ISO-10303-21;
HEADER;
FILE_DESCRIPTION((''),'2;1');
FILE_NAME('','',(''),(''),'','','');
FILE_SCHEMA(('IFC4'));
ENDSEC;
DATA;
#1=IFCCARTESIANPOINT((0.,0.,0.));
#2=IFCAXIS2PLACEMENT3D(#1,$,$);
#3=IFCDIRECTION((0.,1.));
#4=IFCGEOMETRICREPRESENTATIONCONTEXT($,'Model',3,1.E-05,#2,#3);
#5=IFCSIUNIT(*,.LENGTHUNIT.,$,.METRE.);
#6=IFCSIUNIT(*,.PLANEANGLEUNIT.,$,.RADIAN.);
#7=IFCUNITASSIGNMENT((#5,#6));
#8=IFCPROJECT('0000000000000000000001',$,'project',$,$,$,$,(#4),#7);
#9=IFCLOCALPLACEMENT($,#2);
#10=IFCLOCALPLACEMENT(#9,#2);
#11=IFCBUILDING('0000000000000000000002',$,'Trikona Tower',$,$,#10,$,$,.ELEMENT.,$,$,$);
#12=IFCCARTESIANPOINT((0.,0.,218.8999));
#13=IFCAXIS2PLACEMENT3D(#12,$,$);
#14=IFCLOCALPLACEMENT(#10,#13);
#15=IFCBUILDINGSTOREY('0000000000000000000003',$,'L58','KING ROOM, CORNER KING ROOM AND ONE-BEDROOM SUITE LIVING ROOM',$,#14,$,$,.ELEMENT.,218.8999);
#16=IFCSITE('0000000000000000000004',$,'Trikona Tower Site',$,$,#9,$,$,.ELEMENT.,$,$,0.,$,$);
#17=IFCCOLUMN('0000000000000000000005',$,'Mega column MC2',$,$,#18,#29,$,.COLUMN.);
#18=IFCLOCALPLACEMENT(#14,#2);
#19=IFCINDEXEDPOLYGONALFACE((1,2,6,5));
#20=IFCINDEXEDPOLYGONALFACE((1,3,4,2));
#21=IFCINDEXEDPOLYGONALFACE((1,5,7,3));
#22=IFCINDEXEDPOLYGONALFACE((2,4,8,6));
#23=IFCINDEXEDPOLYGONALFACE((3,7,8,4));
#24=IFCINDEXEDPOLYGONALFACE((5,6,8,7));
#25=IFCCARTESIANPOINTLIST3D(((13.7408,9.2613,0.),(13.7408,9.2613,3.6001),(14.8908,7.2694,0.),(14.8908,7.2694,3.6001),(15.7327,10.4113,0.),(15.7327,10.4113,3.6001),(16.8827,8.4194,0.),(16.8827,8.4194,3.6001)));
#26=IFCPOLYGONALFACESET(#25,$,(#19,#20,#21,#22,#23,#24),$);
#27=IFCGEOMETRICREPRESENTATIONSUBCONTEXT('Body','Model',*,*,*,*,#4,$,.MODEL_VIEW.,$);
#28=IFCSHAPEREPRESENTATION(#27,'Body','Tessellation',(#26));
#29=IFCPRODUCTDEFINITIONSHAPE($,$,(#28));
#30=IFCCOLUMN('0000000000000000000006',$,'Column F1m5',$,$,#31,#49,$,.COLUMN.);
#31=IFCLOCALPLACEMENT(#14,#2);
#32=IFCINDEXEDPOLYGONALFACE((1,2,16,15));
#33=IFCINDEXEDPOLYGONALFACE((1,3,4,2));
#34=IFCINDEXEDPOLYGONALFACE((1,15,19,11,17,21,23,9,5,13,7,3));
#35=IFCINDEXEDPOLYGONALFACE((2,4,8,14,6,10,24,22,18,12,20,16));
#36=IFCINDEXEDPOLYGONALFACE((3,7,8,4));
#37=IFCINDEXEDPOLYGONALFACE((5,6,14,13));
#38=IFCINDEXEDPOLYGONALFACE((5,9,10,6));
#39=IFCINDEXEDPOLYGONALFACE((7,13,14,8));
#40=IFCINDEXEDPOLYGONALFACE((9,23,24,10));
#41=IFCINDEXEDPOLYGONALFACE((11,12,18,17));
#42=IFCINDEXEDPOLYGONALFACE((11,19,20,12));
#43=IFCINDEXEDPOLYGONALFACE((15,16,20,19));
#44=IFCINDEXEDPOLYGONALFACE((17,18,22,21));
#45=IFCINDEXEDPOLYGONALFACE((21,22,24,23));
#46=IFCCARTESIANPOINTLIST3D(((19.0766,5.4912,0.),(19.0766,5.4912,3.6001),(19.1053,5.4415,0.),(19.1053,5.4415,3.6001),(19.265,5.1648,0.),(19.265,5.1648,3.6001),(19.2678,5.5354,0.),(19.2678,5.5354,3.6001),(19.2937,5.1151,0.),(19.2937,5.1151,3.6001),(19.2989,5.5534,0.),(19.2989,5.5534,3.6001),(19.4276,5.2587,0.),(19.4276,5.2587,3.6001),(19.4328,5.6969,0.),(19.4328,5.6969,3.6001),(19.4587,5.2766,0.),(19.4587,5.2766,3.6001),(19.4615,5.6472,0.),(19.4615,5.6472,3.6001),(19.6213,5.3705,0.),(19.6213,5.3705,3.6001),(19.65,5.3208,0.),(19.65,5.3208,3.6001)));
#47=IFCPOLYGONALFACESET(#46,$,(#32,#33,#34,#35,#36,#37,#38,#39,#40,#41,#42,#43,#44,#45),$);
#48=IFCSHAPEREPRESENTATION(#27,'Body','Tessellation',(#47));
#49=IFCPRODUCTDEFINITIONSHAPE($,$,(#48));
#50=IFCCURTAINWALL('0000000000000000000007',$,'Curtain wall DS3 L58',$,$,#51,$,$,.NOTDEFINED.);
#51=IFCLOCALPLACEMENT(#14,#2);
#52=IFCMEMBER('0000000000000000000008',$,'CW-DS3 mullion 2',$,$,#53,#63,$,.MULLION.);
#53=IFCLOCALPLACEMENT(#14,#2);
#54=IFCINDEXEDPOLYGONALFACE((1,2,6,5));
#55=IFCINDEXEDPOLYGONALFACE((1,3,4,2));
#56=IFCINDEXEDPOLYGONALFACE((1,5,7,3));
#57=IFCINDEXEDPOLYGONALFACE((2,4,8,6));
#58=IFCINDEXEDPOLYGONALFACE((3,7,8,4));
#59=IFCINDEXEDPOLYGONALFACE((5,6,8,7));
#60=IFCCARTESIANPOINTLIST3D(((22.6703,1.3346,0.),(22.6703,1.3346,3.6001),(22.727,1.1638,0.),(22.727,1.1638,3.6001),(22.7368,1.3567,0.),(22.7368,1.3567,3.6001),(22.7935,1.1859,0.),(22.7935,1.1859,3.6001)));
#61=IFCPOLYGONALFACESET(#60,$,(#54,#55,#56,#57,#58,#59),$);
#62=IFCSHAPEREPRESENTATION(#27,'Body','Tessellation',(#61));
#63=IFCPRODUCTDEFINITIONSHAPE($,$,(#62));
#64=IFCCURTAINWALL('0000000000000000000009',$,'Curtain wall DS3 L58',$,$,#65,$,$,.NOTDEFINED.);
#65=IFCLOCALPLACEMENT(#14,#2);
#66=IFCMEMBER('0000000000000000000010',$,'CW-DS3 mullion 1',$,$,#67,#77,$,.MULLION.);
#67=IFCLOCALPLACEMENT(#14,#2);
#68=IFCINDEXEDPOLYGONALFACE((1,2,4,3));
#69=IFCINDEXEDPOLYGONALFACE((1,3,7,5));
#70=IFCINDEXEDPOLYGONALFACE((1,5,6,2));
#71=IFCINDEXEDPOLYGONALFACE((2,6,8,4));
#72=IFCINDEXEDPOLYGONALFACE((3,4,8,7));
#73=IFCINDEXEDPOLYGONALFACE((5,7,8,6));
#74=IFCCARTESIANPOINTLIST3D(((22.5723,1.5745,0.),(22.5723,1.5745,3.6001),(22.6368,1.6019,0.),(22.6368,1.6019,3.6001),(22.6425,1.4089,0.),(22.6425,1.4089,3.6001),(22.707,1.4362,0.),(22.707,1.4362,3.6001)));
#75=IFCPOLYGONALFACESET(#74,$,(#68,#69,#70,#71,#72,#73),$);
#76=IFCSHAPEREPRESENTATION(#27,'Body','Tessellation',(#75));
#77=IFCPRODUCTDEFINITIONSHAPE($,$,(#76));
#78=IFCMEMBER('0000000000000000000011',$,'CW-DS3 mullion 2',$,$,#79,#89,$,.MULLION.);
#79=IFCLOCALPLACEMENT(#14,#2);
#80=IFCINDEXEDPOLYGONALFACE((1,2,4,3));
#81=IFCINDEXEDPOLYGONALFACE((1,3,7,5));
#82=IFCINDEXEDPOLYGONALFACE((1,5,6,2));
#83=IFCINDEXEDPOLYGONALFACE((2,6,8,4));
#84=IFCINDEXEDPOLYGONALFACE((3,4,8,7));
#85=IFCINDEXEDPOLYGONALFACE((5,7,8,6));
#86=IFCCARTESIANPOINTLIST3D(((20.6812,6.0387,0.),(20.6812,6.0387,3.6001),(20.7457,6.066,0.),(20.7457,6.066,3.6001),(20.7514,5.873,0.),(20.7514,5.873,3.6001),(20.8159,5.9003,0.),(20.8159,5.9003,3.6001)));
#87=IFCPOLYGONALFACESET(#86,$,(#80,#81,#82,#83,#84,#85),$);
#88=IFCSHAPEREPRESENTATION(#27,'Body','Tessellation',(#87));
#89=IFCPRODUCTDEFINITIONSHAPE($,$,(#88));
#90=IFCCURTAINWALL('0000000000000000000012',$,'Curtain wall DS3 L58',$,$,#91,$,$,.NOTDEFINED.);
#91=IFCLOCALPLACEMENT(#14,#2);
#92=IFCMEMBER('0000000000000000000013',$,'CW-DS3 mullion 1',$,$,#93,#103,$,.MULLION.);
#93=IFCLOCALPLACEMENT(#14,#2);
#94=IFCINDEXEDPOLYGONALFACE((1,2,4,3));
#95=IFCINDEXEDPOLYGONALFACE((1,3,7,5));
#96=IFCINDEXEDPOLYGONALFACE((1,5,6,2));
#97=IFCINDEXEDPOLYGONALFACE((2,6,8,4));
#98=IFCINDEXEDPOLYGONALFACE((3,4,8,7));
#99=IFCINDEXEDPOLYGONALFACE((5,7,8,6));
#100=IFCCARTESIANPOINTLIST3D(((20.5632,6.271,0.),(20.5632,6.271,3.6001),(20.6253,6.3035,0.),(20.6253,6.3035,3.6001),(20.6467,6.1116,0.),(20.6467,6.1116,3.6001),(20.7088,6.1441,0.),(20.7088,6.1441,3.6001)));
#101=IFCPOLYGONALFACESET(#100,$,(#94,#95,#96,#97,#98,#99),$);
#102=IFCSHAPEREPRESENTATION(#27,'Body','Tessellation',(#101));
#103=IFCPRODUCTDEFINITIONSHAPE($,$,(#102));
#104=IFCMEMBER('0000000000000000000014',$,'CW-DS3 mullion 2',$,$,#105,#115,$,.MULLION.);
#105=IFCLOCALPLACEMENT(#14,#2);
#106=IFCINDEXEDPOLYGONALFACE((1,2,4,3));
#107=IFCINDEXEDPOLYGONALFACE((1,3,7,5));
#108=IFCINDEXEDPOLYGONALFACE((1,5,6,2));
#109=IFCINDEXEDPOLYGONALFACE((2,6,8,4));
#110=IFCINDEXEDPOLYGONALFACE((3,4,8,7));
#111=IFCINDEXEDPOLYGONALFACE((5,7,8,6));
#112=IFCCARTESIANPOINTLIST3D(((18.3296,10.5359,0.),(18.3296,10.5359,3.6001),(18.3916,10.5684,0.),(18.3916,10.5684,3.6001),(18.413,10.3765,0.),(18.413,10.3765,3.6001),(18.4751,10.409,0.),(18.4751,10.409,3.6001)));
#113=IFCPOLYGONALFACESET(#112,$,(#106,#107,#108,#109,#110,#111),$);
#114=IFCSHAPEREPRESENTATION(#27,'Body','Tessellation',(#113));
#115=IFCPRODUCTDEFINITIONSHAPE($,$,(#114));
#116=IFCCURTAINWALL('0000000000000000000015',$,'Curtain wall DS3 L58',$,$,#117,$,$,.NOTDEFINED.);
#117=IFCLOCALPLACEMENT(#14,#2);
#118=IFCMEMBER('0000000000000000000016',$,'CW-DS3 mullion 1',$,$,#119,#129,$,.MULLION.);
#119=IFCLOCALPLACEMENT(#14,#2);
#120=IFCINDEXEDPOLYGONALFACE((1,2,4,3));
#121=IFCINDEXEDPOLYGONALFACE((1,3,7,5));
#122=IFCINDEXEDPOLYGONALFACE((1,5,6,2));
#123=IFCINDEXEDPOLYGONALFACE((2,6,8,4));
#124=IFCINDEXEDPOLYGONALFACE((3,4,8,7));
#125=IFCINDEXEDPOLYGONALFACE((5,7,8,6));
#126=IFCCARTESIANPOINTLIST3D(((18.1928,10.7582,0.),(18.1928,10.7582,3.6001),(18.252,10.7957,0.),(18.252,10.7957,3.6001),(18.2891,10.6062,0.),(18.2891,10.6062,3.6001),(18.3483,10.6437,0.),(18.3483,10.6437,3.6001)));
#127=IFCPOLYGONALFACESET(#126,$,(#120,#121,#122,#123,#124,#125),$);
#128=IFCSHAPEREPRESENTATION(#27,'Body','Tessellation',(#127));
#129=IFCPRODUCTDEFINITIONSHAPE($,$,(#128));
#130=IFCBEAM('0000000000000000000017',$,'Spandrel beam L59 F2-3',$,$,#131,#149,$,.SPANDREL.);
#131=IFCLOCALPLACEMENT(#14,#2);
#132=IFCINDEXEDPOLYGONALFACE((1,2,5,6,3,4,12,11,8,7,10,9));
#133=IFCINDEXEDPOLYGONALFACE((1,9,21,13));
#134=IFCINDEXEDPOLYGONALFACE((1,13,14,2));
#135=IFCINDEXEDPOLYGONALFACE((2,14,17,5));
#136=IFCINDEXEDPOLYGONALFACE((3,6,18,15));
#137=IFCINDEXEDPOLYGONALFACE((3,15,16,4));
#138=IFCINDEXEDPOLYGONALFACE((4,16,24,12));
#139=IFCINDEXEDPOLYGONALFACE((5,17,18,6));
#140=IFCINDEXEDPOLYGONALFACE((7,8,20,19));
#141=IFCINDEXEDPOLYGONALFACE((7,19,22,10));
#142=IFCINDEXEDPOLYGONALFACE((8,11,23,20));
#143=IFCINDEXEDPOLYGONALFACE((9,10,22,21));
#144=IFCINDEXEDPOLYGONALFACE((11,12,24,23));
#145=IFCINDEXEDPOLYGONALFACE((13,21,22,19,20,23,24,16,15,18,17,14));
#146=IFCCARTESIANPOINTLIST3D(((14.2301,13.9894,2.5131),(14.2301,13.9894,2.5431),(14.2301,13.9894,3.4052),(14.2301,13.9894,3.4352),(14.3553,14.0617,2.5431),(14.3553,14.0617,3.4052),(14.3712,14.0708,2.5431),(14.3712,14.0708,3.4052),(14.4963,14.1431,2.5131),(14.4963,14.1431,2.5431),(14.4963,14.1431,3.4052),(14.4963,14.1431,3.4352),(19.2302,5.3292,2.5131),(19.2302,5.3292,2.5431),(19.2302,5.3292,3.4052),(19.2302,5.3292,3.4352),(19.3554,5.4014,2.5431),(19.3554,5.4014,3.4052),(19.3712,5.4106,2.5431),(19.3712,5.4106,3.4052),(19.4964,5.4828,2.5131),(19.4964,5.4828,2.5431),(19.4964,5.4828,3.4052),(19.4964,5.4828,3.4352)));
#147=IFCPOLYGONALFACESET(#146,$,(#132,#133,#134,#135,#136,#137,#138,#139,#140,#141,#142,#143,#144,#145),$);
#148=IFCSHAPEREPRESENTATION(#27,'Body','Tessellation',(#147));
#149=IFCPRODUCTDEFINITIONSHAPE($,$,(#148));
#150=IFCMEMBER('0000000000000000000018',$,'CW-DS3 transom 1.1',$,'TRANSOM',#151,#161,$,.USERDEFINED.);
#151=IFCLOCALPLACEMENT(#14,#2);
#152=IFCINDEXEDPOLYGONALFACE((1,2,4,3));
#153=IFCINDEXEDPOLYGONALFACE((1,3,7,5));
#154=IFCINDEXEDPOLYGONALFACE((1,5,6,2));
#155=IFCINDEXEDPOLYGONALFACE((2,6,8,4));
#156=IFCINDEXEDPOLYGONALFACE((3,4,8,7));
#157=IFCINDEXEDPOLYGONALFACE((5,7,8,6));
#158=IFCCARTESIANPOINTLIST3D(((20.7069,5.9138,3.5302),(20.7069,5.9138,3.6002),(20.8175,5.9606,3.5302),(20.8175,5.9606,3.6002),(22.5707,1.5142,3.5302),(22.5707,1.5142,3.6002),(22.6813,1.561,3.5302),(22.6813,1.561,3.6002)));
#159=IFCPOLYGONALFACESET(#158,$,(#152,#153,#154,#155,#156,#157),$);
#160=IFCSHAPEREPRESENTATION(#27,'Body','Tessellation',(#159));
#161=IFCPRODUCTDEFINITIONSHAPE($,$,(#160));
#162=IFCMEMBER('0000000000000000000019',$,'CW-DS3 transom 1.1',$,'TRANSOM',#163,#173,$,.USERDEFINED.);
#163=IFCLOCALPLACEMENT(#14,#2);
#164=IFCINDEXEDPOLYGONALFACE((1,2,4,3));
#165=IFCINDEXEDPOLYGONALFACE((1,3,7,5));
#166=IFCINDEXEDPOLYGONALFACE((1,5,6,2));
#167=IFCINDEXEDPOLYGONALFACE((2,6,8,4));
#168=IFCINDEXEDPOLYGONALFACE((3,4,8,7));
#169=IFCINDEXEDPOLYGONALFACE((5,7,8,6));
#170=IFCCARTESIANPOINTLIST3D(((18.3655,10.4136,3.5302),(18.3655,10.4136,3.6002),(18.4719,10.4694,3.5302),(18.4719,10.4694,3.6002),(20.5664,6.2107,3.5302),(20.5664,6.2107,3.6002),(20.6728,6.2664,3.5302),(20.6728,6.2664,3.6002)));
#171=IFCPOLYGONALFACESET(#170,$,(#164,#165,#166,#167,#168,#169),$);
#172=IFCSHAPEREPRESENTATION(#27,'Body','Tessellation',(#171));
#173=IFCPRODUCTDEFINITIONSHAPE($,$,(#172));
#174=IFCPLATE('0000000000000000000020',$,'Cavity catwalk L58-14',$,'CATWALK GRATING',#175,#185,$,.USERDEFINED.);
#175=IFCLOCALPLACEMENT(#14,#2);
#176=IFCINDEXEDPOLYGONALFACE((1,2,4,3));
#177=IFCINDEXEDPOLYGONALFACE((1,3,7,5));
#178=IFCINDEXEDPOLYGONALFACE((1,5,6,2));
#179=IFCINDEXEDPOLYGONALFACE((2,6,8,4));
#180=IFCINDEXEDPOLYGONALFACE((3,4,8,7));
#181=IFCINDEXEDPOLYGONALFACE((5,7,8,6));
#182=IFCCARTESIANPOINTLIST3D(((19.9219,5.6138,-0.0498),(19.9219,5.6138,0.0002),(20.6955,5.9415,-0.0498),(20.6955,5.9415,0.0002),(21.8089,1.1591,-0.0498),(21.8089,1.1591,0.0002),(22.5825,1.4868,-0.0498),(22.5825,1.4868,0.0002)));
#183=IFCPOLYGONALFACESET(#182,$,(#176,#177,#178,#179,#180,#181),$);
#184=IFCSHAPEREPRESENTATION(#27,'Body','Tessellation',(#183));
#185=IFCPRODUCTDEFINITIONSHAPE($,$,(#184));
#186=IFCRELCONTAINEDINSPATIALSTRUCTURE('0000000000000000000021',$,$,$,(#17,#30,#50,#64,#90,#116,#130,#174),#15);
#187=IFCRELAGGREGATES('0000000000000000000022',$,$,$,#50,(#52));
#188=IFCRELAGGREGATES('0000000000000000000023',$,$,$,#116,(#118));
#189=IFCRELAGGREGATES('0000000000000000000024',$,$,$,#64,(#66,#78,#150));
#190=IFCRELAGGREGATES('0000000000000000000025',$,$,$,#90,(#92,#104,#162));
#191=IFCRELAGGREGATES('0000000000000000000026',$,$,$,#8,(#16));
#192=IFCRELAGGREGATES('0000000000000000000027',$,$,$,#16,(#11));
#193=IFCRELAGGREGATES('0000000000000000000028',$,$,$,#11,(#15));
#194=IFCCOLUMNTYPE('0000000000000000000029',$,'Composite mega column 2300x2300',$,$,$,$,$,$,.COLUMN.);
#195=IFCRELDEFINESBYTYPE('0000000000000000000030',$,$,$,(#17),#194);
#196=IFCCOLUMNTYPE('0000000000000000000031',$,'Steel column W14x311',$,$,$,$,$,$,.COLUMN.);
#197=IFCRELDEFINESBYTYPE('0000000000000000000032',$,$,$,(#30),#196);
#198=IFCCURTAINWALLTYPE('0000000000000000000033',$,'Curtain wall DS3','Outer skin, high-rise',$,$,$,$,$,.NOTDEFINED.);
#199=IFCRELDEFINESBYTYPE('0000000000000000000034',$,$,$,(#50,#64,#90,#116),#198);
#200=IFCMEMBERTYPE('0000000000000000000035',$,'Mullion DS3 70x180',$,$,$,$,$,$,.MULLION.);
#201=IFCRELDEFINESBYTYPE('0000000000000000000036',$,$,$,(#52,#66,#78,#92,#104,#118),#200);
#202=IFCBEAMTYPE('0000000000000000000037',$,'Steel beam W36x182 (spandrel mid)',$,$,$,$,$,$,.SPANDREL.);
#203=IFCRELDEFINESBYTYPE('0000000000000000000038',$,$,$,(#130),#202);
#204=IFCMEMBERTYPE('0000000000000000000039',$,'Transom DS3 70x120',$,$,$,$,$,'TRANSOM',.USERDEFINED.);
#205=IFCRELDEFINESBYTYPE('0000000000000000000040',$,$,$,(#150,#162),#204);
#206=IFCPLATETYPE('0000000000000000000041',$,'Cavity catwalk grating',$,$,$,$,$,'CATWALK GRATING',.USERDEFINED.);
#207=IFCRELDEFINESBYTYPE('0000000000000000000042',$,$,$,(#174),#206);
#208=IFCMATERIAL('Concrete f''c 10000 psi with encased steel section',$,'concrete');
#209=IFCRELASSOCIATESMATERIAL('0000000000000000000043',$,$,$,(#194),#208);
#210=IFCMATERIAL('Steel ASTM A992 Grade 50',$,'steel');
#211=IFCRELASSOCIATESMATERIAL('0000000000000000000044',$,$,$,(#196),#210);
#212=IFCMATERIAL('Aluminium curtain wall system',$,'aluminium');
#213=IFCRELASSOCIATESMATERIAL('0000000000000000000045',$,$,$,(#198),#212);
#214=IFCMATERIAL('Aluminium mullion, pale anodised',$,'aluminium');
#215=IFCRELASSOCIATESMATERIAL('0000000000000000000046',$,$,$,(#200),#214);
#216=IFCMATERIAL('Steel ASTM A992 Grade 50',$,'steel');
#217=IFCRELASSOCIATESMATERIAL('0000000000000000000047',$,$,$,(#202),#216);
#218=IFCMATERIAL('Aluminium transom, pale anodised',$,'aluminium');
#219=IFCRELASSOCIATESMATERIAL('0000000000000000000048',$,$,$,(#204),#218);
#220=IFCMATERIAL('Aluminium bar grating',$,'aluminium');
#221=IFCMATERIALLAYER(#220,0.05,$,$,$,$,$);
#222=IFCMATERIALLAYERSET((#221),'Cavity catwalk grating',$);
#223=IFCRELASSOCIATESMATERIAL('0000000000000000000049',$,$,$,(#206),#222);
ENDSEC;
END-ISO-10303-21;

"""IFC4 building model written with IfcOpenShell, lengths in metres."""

from ifc_helpers import new_model, si_unit, direction, frame, origin, origin_2d, place, context, subcontext, project, spatial, rectangle, i_section, extrude, material, layer, layer_set, material_profile, profile_set, type_object, element, aggregate, save


model = new_model("IFC4")

# Units and contexts
model_context = context("Model", 3, precision=1e-05, world=origin(), true_north=direction((0.0, 1.0)))
body_context = subcontext(model_context, "Body", "Model", "MODEL_VIEW")
ifc_project = project(units=[si_unit("LENGTHUNIT", "METRE"), si_unit("PLANEANGLEUNIT", "RADIAN")], contexts=[model_context])

# Site, building, storey
site_placement = place(None, origin())
site = spatial("IfcSite", under=ifc_project, at=site_placement, Name="Trikona Tower Site", CompositionType="ELEMENT", RefElevation=0.0)
building_placement = place(site_placement, origin())
building = spatial("IfcBuilding", under=site, at=building_placement, Name="Trikona Tower", CompositionType="ELEMENT")
storey_placement = place(building_placement, frame((0.0, 0.0, 218.8999)))
storey = spatial("IfcBuildingStorey", under=building, at=storey_placement, Name="L58", Description="KING ROOM, CORNER KING ROOM AND ONE-BEDROOM SUITE LIVING ROOM", CompositionType="ELEMENT", Elevation=218.8999)

# Columns
ifc_material_1 = material(Name="Concrete f'c 10000 psi with encased steel section", Category="concrete")
ifc_material_profile_1 = material_profile(ifc_material_1, rectangle(XDim=2.3, YDim=2.3, at=origin_2d()), Name="MC2300")
ifc_profile_set_1 = profile_set([ifc_material_profile_1], Name="Concrete f'c 10000 psi with encased steel section")
column_type_1 = type_object("IfcColumnType", Name="Composite mega column 2300x2300", PredefinedType="COLUMN", material=ifc_profile_set_1)
column_1_placement = place(storey_placement, frame((15.3118, 8.8403, 0.0), z_axis=(0.0, 0.0, 1.0), x_axis=(0.866025, 0.5, 0.0)))
element("IfcColumn", 1, at=column_1_placement, inside=storey, type_object=column_type_1, Name="Mega column MC2", PredefinedType="COLUMN", context=body_context, shape_type="SweptSolid", body=[
    extrude(rectangle(XDim=2.3, YDim=2.3, at=origin_2d()), origin(), (0.0, 0.0, 1.0), 3.6001),
])
ifc_material_2 = material(Name="Steel ASTM A992 Grade 50", Category="steel")
ifc_material_profile_2 = material_profile(ifc_material_2, i_section(OverallWidth=0.4114, OverallDepth=0.4343, WebThickness=0.0359, FlangeThickness=0.0574, at=origin_2d()), Name="W14X311")
ifc_profile_set_2 = profile_set([ifc_material_profile_2], Name="Steel ASTM A992 Grade 50")
column_type_2 = type_object("IfcColumnType", Name="Steel column W14x311", PredefinedType="COLUMN", material=ifc_profile_set_2)
column_2_placement = place(storey_placement, frame((19.3633, 5.406, 0.0), z_axis=(0.0, 0.0, 1.0), x_axis=(0.866025, 0.5, 0.0)))
element("IfcColumn", 2, at=column_2_placement, inside=storey, type_object=column_type_2, Name="Column F1m5", PredefinedType="COLUMN", context=body_context, shape_type="SweptSolid", body=[
    extrude(i_section(OverallWidth=0.4114, OverallDepth=0.4343, WebThickness=0.0359, FlangeThickness=0.0574, at=origin_2d()), origin(), (0.0, 0.0, 1.0), 3.6001),
])

# Curtain wall, member
ifc_material_3 = material(Name="Aluminium curtain wall system", Category="aluminium")
curtain_wall_type = type_object("IfcCurtainWallType", Name="Curtain wall DS3", Description="Outer skin, high-rise", PredefinedType="NOTDEFINED", material=ifc_material_3)
curtain_wall_1_placement = place(storey_placement, origin())
curtain_wall_1 = element("IfcCurtainWall", 3, at=curtain_wall_1_placement, inside=storey, type_object=curtain_wall_type, Name="Curtain wall DS3 L58", PredefinedType="NOTDEFINED")
ifc_material_4 = material(Name="Aluminium mullion, pale anodised", Category="aluminium")
ifc_material_profile_3 = material_profile(ifc_material_4, rectangle(XDim=0.0701, YDim=0.1799, at=origin_2d()), Name="MUL-DS3")
ifc_profile_set_3 = profile_set([ifc_material_profile_3], Name="Aluminium mullion, pale anodised")
member_type_1 = type_object("IfcMemberType", Name="Mullion DS3 70x180", PredefinedType="MULLION", material=ifc_profile_set_3)
member_1_placement = place(storey_placement, frame((22.7319, 1.2603, 0.0), z_axis=(0.0, 0.0, 1.0), x_axis=(-0.949066, -0.315078, 0.0)))
member_1 = element("IfcMember", 4, at=member_1_placement, type_object=member_type_1, Name="CW-DS3 mullion 2", PredefinedType="MULLION", context=body_context, shape_type="SweptSolid", body=[
    extrude(rectangle(XDim=0.0701, YDim=0.1799, at=origin_2d()), origin(), (0.0, 0.0, 1.0), 3.6001),
])
aggregate(curtain_wall_1, [member_1])

# Curtain walls, members
curtain_wall_2_placement = place(storey_placement, origin())
curtain_wall_2 = element("IfcCurtainWall", 5, at=curtain_wall_2_placement, inside=storey, type_object=curtain_wall_type, Name="Curtain wall DS3 L58", PredefinedType="NOTDEFINED")
member_2_placement = place(storey_placement, frame((22.6396, 1.5054, 0.0), z_axis=(0.0, 0.0, 1.0), x_axis=(-0.920792, -0.390053, 0.0)))
member_2 = element("IfcMember", 6, at=member_2_placement, type_object=member_type_1, Name="CW-DS3 mullion 1", PredefinedType="MULLION", context=body_context, shape_type="SweptSolid", body=[
    extrude(rectangle(XDim=0.0701, YDim=0.1799, at=origin_2d()), origin(), (0.0, 0.0, 1.0), 3.6001),
])
member_3_placement = place(storey_placement, frame((20.7485, 5.9695, 0.0), z_axis=(0.0, 0.0, 1.0), x_axis=(-0.920792, -0.390053, 0.0)))
member_3 = element("IfcMember", 7, at=member_3_placement, type_object=member_type_1, Name="CW-DS3 mullion 2", PredefinedType="MULLION", context=body_context, shape_type="SweptSolid", body=[
    extrude(rectangle(XDim=0.0701, YDim=0.1799, at=origin_2d()), origin(), (0.0, 0.0, 1.0), 3.6001),
])
curtain_wall_3_placement = place(storey_placement, origin())
curtain_wall_3 = element("IfcCurtainWall", 8, at=curtain_wall_3_placement, inside=storey, type_object=curtain_wall_type, Name="Curtain wall DS3 L58", PredefinedType="NOTDEFINED")
member_4_placement = place(storey_placement, frame((20.636, 6.2075, 0.0), z_axis=(0.0, 0.0, 1.0), x_axis=(-0.885862, -0.463948, 0.0)))
member_4 = element("IfcMember", 9, at=member_4_placement, type_object=member_type_1, Name="CW-DS3 mullion 1", PredefinedType="MULLION", context=body_context, shape_type="SweptSolid", body=[
    extrude(rectangle(XDim=0.0701, YDim=0.1799, at=origin_2d()), origin(), (0.0, 0.0, 1.0), 3.6001),
])
member_5_placement = place(storey_placement, frame((18.4023, 10.4724, 0.0), z_axis=(0.0, 0.0, 1.0), x_axis=(-0.885862, -0.463948, 0.0)))
member_5 = element("IfcMember", 10, at=member_5_placement, type_object=member_type_1, Name="CW-DS3 mullion 2", PredefinedType="MULLION", context=body_context, shape_type="SweptSolid", body=[
    extrude(rectangle(XDim=0.0701, YDim=0.1799, at=origin_2d()), origin(), (0.0, 0.0, 1.0), 3.6001),
])

# Curtain wall, member
curtain_wall_4_placement = place(storey_placement, origin())
curtain_wall_4 = element("IfcCurtainWall", 11, at=curtain_wall_4_placement, inside=storey, type_object=curtain_wall_type, Name="Curtain wall DS3 L58", PredefinedType="NOTDEFINED")
member_6_placement = place(storey_placement, frame((18.2705, 10.7009, 0.0), z_axis=(0.0, 0.0, 1.0), x_axis=(-0.844727, -0.535197, 0.0)))
member_6 = element("IfcMember", 12, at=member_6_placement, type_object=member_type_1, Name="CW-DS3 mullion 1", PredefinedType="MULLION", context=body_context, shape_type="SweptSolid", body=[
    extrude(rectangle(XDim=0.0701, YDim=0.1799, at=origin_2d()), origin(), (0.0, 0.0, 1.0), 3.6001),
])
aggregate(curtain_wall_4, [member_6])

# Beam
ifc_material_5 = material(Name="Steel ASTM A992 Grade 50", Category="steel")
ifc_material_profile_4 = material_profile(ifc_material_5, i_section(OverallWidth=0.3074, OverallDepth=0.9221, WebThickness=0.0183, FlangeThickness=0.03, at=origin_2d()), Name="W36X182")
ifc_profile_set_4 = profile_set([ifc_material_profile_4], Name="Steel ASTM A992 Grade 50")
beam_type = type_object("IfcBeamType", Name="Steel beam W36x182 (spandrel mid)", PredefinedType="SPANDREL", material=ifc_profile_set_4)
beam_placement = place(storey_placement, frame((19.3633, 5.406, 2.9741), z_axis=(-0.500004, 0.866023, 0.0), x_axis=(-0.866023, -0.500004, 0.0)))
element("IfcBeam", 13, at=beam_placement, inside=storey, type_object=beam_type, Name="Spandrel beam L59 F2-3", PredefinedType="SPANDREL", context=body_context, shape_type="SweptSolid", body=[
    extrude(i_section(OverallWidth=0.3074, OverallDepth=0.9221, WebThickness=0.0183, FlangeThickness=0.03, at=origin_2d()), origin(), (0.0, 0.0, 1.0), 10.0),
])

# Members
ifc_material_6 = material(Name="Aluminium transom, pale anodised", Category="aluminium")
ifc_material_profile_5 = material_profile(ifc_material_6, rectangle(XDim=0.1201, YDim=0.0701, at=origin_2d()), Name="TRN-DS3")
ifc_profile_set_5 = profile_set([ifc_material_profile_5], Name="Aluminium transom, pale anodised")
member_type_2 = type_object("IfcMemberType", Name="Transom DS3 70x120", ElementType="TRANSOM", PredefinedType="USERDEFINED", material=ifc_profile_set_5)
member_7_placement = place(storey_placement, frame((22.626, 1.5376, 3.5652), z_axis=(-0.390062, 0.920789, 0.0), x_axis=(-0.920789, -0.390062, 0.0)))
member_7 = element("IfcMember", 14, at=member_7_placement, type_object=member_type_2, Name="CW-DS3 transom 1.1", ObjectType="TRANSOM", PredefinedType="USERDEFINED", context=body_context, shape_type="SweptSolid", body=[
    extrude(rectangle(XDim=0.1201, YDim=0.0701, at=origin_2d()), origin(), (0.0, 0.0, 1.0), 4.7781),
])
member_8_placement = place(storey_placement, frame((20.6196, 6.2385, 3.5652), z_axis=(-0.463911, 0.885882, 0.0), x_axis=(-0.885882, -0.463911, 0.0)))
member_8 = element("IfcMember", 15, at=member_8_placement, type_object=member_type_2, Name="CW-DS3 transom 1.1", ObjectType="TRANSOM", PredefinedType="USERDEFINED", context=body_context, shape_type="SweptSolid", body=[
    extrude(rectangle(XDim=0.1201, YDim=0.0701, at=origin_2d()), origin(), (0.0, 0.0, 1.0), 4.7444),
])

# Plate
ifc_material_7 = material(Name="Aluminium bar grating", Category="aluminium")
ifc_layer_1 = layer(ifc_material_7, 0.05)
ifc_layer_set_1 = layer_set([ifc_layer_1], Name="Cavity catwalk grating")
plate_type_1 = type_object("IfcPlateType", Name="Cavity catwalk grating", ElementType="CATWALK GRATING", PredefinedType="USERDEFINED", material=ifc_layer_set_1)
plate_1_placement = place(storey_placement, frame((21.2522, 3.5503, -0.0498), z_axis=(0.0, 0.0, 1.0), x_axis=(-0.390051, 0.920793, 0.0)))
element("IfcPlate", 16, at=plate_1_placement, inside=storey, type_object=plate_type_1, Name="Cavity catwalk L58-14", ObjectType="CATWALK GRATING", PredefinedType="USERDEFINED", context=body_context, shape_type="SweptSolid", body=[
    extrude(rectangle(XDim=4.8379, YDim=0.8401, at=origin_2d()), origin(), (0.0, 0.0, 1.0), 0.05),
])

aggregate(curtain_wall_2, [member_2, member_3, member_7])
aggregate(curtain_wall_3, [member_4, member_5, member_8])

save(model, "model.ifc")
